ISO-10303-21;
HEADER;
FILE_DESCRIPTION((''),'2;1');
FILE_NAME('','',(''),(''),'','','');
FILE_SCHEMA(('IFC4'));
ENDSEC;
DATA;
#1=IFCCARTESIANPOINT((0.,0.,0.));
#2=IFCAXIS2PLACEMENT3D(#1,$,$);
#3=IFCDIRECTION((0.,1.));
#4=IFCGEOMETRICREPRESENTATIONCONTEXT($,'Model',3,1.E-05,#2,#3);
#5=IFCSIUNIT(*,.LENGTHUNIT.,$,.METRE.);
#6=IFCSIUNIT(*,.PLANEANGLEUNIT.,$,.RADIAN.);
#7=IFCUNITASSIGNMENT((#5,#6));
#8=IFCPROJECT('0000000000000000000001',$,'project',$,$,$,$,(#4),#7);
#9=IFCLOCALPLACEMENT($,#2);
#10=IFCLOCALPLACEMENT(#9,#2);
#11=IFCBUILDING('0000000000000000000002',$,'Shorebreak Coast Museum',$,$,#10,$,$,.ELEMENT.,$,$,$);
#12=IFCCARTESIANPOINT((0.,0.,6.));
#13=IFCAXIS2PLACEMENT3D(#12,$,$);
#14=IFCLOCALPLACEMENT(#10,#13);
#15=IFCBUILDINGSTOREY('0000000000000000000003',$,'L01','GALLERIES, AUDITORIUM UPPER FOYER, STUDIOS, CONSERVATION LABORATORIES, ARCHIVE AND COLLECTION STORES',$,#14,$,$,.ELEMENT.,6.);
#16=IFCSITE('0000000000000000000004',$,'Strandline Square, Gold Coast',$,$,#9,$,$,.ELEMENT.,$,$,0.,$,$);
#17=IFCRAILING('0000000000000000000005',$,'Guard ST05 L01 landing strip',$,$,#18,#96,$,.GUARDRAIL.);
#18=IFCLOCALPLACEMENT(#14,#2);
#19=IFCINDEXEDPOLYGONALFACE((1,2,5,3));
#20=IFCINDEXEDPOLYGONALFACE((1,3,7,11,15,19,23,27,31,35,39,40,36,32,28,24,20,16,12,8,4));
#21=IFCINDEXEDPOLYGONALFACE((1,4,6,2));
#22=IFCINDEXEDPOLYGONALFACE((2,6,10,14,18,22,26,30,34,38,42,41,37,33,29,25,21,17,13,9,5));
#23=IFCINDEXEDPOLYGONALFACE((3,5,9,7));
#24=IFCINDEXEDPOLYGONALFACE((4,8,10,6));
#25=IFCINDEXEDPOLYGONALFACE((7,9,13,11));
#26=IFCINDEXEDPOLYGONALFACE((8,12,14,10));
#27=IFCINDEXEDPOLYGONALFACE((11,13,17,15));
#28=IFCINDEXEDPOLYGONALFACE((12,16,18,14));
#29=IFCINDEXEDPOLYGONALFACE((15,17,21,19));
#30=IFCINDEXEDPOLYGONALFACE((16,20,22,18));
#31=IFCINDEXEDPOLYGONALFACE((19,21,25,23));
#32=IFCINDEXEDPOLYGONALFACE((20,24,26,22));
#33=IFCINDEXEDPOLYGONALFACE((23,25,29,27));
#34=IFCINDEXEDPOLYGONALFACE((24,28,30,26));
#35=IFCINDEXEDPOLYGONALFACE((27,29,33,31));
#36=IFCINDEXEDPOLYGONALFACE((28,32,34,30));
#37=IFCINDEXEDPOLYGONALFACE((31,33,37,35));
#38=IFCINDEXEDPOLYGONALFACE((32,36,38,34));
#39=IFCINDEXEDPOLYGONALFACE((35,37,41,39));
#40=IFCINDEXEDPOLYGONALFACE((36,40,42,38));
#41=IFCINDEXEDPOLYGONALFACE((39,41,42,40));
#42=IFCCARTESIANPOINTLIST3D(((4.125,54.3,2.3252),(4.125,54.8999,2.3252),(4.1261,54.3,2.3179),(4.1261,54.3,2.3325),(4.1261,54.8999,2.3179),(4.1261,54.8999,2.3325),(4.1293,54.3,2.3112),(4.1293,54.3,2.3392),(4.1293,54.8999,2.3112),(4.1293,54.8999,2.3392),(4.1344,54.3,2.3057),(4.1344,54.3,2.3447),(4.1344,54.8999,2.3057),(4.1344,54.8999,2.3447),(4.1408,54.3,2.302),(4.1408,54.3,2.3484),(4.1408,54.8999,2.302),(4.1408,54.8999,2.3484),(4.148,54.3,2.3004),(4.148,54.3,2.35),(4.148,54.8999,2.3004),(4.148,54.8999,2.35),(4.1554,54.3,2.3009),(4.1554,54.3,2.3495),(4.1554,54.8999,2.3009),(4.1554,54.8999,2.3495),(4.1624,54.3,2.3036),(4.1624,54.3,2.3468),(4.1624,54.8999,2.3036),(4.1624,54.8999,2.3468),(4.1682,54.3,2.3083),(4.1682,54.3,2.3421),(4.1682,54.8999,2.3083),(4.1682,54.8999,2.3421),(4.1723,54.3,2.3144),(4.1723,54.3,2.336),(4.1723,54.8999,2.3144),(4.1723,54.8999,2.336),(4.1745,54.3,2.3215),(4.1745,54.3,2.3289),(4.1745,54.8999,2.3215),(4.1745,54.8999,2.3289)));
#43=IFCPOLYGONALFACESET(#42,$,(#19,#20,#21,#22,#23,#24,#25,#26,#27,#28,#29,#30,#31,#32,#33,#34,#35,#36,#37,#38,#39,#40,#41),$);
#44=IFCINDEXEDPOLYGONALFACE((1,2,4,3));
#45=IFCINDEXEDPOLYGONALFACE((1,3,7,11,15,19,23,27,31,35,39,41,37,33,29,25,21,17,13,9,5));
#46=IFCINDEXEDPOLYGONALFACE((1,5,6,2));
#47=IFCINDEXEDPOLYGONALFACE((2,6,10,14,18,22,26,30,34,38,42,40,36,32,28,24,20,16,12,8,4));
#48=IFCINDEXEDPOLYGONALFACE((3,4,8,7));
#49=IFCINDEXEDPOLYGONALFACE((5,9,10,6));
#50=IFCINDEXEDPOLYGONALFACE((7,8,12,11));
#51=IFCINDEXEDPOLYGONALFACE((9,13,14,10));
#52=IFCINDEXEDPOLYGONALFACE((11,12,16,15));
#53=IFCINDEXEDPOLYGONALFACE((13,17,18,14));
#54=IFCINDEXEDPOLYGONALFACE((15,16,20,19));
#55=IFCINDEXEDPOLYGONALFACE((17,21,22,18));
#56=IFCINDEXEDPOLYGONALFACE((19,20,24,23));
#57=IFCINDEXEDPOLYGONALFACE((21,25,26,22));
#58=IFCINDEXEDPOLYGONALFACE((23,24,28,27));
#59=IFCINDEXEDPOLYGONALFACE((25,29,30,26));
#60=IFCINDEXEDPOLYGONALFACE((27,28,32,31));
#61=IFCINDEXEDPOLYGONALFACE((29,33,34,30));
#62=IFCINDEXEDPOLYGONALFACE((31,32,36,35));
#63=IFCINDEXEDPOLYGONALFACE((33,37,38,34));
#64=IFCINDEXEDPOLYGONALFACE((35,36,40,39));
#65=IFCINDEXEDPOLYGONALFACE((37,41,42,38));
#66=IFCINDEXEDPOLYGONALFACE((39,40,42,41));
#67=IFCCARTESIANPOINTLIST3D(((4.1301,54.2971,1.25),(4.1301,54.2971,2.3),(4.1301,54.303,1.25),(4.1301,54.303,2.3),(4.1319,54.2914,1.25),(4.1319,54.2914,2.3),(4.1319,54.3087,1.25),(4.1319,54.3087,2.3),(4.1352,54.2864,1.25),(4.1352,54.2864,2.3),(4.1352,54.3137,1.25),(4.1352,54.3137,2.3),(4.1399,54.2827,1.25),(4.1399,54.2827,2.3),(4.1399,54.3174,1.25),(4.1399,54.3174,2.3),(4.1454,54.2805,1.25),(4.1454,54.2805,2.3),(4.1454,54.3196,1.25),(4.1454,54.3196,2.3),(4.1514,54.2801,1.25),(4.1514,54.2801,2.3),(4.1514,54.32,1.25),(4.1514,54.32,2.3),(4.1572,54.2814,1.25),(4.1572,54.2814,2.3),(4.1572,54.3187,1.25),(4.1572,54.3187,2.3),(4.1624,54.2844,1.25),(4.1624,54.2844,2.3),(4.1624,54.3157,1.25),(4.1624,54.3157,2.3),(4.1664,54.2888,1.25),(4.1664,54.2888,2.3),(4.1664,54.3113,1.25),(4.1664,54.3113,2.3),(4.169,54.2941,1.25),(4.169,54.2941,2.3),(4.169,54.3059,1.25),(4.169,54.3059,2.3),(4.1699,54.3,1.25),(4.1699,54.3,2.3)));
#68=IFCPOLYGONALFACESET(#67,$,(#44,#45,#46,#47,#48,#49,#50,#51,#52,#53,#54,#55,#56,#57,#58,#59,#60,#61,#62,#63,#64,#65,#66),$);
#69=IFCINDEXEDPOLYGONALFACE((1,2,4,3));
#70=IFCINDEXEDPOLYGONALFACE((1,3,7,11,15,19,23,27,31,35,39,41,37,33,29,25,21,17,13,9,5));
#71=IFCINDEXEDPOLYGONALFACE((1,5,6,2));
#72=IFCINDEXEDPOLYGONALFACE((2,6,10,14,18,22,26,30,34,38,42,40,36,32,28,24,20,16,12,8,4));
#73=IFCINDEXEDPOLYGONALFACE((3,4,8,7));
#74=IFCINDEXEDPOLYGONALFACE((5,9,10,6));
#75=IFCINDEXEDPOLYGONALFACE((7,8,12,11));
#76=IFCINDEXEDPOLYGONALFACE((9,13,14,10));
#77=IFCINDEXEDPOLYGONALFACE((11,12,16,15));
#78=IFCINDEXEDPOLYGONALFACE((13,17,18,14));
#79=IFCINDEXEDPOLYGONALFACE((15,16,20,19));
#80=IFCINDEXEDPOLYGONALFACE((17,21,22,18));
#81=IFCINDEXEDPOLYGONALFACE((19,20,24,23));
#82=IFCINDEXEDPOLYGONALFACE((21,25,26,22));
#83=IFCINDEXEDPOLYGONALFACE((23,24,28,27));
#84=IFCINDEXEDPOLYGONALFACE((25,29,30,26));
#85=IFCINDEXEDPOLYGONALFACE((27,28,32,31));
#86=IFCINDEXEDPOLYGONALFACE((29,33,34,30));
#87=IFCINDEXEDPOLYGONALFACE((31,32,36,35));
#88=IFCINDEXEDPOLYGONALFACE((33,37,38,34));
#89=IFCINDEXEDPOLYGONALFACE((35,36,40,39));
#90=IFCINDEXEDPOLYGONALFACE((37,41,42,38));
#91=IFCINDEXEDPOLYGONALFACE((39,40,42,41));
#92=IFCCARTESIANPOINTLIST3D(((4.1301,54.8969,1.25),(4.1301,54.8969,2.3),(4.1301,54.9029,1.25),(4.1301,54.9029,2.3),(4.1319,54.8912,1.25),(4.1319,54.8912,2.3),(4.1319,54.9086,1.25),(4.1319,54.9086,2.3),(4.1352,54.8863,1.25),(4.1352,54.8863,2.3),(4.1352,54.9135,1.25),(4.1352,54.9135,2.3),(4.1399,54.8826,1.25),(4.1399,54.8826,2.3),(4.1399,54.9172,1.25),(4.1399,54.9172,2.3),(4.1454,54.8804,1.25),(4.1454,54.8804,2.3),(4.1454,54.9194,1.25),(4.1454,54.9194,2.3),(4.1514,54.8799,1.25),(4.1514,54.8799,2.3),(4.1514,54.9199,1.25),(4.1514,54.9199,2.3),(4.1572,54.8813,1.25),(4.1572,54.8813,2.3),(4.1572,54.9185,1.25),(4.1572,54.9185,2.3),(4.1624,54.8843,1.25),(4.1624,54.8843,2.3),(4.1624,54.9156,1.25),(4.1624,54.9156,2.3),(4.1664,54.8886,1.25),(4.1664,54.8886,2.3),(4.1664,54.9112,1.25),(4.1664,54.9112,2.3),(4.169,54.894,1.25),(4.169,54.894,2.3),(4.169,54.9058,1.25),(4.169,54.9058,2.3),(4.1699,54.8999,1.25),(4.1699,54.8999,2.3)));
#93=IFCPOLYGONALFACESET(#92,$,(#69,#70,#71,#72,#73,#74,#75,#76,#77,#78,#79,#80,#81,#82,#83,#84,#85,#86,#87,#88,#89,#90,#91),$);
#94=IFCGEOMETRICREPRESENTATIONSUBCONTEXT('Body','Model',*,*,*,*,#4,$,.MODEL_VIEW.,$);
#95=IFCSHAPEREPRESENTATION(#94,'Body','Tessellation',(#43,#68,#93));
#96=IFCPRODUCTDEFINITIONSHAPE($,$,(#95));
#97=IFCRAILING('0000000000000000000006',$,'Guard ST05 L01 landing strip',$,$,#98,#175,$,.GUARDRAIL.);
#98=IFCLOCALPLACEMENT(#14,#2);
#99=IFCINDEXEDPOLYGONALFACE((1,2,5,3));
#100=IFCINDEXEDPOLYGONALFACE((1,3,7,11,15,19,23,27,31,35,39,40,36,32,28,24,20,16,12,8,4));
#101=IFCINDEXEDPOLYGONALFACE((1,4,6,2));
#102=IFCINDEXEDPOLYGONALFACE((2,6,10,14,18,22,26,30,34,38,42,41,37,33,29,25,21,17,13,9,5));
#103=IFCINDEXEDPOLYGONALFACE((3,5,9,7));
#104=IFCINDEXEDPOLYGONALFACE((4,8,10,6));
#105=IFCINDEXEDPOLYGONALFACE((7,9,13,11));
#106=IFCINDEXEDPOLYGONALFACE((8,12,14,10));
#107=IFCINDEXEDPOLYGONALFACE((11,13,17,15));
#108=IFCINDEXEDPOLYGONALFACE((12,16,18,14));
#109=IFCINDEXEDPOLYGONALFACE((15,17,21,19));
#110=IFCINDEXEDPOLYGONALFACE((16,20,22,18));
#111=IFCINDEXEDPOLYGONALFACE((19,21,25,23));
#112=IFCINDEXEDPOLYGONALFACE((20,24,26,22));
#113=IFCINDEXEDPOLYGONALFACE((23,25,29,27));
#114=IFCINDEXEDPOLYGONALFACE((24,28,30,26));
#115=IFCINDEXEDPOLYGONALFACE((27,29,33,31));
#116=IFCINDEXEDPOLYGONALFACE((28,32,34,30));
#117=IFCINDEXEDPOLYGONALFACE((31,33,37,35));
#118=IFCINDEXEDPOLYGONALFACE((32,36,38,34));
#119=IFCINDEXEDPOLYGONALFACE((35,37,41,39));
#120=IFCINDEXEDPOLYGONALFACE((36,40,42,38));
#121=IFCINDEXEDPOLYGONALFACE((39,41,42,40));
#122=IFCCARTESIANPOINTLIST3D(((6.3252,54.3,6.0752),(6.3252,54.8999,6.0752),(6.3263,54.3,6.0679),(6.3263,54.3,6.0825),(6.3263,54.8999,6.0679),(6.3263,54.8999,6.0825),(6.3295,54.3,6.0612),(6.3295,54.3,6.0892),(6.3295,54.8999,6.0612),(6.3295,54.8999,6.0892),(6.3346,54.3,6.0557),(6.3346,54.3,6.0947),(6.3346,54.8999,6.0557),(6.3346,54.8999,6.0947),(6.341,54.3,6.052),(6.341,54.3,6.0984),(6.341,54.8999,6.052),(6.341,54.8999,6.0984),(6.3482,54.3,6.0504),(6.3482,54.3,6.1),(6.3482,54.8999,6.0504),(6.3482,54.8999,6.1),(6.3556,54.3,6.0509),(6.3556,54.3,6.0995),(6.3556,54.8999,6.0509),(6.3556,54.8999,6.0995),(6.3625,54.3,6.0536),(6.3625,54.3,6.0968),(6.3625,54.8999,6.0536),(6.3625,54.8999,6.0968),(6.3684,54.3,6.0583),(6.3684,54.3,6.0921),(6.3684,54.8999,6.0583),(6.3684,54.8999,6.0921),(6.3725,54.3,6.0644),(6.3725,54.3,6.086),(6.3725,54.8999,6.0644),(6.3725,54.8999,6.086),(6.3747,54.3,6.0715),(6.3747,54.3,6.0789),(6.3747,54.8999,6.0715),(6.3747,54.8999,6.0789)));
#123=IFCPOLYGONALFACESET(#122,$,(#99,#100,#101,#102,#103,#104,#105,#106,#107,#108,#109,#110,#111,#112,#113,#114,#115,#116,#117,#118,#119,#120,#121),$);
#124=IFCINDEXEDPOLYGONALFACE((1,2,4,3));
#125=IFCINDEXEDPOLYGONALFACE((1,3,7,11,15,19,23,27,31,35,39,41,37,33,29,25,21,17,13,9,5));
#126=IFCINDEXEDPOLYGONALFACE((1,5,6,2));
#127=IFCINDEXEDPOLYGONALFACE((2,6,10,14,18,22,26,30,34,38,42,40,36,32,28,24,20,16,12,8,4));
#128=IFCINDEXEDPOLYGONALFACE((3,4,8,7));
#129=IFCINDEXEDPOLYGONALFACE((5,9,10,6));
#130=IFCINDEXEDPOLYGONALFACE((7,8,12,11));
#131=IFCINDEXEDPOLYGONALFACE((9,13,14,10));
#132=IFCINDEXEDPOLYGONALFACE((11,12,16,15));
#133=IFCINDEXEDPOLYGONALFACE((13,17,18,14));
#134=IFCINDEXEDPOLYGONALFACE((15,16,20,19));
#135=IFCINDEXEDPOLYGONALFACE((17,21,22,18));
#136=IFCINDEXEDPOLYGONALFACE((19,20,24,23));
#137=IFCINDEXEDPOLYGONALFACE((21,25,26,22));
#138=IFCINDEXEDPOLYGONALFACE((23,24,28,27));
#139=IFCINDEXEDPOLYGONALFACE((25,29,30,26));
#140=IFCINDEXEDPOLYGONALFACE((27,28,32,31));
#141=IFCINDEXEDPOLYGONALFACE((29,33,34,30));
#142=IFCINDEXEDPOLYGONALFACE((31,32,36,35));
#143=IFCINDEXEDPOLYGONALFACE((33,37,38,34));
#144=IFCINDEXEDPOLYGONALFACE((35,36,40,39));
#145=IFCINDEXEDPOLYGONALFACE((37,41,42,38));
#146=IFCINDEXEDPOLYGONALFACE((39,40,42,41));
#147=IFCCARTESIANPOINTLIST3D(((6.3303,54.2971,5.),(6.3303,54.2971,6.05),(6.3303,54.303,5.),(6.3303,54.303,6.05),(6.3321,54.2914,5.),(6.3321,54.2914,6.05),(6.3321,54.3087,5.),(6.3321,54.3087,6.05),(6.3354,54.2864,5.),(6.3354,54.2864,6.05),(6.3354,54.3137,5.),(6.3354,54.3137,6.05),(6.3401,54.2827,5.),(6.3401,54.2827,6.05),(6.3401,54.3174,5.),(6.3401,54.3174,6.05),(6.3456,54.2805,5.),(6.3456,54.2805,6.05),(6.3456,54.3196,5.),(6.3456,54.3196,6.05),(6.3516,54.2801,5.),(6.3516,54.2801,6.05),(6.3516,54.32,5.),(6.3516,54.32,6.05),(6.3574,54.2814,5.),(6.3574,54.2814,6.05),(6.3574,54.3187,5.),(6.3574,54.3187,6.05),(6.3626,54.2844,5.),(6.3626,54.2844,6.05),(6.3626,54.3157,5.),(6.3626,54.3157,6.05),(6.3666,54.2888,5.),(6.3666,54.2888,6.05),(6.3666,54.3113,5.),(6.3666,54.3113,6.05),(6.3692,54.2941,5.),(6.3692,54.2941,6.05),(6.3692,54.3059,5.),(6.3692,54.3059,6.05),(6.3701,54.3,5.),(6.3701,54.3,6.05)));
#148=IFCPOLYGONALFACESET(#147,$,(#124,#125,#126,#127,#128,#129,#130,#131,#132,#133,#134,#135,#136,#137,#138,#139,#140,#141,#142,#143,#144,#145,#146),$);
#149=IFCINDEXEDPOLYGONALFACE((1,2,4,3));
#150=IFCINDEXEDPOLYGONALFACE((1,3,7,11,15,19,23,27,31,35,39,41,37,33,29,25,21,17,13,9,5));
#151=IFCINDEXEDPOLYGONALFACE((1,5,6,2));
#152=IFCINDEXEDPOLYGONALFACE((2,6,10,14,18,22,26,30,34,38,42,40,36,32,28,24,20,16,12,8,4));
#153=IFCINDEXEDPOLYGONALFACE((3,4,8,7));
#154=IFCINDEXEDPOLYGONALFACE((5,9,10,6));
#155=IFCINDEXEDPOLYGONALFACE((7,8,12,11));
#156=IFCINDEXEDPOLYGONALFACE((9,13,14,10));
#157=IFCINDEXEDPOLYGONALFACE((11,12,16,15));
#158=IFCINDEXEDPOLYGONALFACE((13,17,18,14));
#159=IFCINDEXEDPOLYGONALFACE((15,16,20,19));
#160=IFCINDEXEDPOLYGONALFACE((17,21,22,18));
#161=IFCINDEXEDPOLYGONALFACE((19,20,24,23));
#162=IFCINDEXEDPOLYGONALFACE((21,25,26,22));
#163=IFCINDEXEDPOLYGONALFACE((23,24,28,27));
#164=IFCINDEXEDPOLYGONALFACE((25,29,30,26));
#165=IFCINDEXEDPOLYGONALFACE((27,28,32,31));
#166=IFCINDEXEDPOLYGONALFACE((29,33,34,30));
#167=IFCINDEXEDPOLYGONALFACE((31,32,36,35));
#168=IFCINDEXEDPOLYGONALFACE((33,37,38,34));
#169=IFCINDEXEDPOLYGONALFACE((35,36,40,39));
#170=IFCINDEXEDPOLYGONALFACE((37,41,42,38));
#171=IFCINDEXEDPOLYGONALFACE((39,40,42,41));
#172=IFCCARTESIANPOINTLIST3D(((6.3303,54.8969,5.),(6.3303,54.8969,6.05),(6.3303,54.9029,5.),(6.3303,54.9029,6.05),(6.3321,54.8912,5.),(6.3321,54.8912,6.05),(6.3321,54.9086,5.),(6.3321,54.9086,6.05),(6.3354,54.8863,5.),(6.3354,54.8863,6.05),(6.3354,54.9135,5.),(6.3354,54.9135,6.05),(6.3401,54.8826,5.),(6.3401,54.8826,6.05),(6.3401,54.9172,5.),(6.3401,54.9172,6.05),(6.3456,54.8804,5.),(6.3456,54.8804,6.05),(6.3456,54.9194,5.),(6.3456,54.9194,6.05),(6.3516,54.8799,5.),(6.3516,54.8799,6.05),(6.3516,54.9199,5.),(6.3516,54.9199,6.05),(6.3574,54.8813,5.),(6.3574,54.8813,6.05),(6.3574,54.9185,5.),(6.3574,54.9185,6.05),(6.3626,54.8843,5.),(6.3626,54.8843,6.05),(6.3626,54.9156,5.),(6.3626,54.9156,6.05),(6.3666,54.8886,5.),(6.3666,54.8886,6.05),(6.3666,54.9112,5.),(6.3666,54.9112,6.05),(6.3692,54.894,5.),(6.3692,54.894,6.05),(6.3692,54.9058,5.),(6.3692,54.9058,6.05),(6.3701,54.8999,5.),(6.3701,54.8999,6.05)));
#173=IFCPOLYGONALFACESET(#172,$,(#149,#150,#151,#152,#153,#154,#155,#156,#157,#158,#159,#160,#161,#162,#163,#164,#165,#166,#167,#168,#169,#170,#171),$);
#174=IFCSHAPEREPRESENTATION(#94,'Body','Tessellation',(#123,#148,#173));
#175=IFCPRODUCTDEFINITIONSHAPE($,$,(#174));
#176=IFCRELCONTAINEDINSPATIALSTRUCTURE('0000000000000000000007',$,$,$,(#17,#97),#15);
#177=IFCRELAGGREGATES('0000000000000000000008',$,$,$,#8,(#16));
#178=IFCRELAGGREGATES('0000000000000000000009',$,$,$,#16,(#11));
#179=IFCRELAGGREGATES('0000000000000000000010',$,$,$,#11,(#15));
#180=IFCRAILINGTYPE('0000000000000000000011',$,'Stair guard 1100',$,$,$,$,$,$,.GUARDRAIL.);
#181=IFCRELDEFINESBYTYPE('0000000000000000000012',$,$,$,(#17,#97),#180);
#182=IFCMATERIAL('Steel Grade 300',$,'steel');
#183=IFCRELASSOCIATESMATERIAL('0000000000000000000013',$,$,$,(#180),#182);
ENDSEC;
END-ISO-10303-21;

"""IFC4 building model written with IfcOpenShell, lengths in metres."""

from ifc_helpers import new_model, si_unit, direction, frame, origin, origin_2d, place, context, subcontext, project, spatial, circle, extrude, material, type_object, element, save


model = new_model("IFC4")

# Units and contexts
model_context = context("Model", 3, precision=1e-05, world=origin(), true_north=direction((0.0, 1.0)))
body_context = subcontext(model_context, "Body", "Model", "MODEL_VIEW")
ifc_project = project(units=[si_unit("LENGTHUNIT", "METRE"), si_unit("PLANEANGLEUNIT", "RADIAN")], contexts=[model_context])

# Site, building, storey
site_placement = place(None, origin())
site = spatial("IfcSite", under=ifc_project, at=site_placement, Name="Strandline Square, Gold Coast", CompositionType="ELEMENT", RefElevation=0.0)
building_placement = place(site_placement, origin())
building = spatial("IfcBuilding", under=site, at=building_placement, Name="Shorebreak Coast Museum", CompositionType="ELEMENT")
storey_placement = place(building_placement, frame((0.0, 0.0, 6.0)))
storey = spatial("IfcBuildingStorey", under=building, at=storey_placement, Name="L01", Description="GALLERIES, AUDITORIUM UPPER FOYER, STUDIOS, CONSERVATION LABORATORIES, ARCHIVE AND COLLECTION STORES", CompositionType="ELEMENT", Elevation=6.0)

# Railings
ifc_material_1 = material(Name="Steel Grade 300", Category="steel")
railing_type_1 = type_object("IfcRailingType", Name="Stair guard 1100", PredefinedType="GUARDRAIL", material=ifc_material_1)
for number, where, name in (
    (1, (4.1499, 54.3, 1.25), "Guard ST05 L01 landing strip"),
    (2, (6.3501, 54.3, 5.0), "Guard ST05 L01 landing strip"),
):
    element("IfcRailing", number, at=place(storey_placement, frame(where)), inside=storey, type_object=railing_type_1, Name=name, PredefinedType="GUARDRAIL", context=body_context, shape_type="SweptSolid", body=[
        extrude(circle(Radius=0.0249, at=origin_2d()), frame((0.0, 0.0, 1.0752), z_axis=(0.0, 1.0, 0.0), x_axis=(-1.0, 0.0, 0.0)), (0.0, 0.0, 1.0), 0.5999),
        extrude(circle(Radius=0.02, at=origin_2d()), origin(), (0.0, 0.0, 1.0), 1.05),
        extrude(circle(Radius=0.02, at=origin_2d()), frame((0.0, 0.5999, 0.0)), (0.0, 0.0, 1.0), 1.05),
    ])

save(model, "model.ifc")
